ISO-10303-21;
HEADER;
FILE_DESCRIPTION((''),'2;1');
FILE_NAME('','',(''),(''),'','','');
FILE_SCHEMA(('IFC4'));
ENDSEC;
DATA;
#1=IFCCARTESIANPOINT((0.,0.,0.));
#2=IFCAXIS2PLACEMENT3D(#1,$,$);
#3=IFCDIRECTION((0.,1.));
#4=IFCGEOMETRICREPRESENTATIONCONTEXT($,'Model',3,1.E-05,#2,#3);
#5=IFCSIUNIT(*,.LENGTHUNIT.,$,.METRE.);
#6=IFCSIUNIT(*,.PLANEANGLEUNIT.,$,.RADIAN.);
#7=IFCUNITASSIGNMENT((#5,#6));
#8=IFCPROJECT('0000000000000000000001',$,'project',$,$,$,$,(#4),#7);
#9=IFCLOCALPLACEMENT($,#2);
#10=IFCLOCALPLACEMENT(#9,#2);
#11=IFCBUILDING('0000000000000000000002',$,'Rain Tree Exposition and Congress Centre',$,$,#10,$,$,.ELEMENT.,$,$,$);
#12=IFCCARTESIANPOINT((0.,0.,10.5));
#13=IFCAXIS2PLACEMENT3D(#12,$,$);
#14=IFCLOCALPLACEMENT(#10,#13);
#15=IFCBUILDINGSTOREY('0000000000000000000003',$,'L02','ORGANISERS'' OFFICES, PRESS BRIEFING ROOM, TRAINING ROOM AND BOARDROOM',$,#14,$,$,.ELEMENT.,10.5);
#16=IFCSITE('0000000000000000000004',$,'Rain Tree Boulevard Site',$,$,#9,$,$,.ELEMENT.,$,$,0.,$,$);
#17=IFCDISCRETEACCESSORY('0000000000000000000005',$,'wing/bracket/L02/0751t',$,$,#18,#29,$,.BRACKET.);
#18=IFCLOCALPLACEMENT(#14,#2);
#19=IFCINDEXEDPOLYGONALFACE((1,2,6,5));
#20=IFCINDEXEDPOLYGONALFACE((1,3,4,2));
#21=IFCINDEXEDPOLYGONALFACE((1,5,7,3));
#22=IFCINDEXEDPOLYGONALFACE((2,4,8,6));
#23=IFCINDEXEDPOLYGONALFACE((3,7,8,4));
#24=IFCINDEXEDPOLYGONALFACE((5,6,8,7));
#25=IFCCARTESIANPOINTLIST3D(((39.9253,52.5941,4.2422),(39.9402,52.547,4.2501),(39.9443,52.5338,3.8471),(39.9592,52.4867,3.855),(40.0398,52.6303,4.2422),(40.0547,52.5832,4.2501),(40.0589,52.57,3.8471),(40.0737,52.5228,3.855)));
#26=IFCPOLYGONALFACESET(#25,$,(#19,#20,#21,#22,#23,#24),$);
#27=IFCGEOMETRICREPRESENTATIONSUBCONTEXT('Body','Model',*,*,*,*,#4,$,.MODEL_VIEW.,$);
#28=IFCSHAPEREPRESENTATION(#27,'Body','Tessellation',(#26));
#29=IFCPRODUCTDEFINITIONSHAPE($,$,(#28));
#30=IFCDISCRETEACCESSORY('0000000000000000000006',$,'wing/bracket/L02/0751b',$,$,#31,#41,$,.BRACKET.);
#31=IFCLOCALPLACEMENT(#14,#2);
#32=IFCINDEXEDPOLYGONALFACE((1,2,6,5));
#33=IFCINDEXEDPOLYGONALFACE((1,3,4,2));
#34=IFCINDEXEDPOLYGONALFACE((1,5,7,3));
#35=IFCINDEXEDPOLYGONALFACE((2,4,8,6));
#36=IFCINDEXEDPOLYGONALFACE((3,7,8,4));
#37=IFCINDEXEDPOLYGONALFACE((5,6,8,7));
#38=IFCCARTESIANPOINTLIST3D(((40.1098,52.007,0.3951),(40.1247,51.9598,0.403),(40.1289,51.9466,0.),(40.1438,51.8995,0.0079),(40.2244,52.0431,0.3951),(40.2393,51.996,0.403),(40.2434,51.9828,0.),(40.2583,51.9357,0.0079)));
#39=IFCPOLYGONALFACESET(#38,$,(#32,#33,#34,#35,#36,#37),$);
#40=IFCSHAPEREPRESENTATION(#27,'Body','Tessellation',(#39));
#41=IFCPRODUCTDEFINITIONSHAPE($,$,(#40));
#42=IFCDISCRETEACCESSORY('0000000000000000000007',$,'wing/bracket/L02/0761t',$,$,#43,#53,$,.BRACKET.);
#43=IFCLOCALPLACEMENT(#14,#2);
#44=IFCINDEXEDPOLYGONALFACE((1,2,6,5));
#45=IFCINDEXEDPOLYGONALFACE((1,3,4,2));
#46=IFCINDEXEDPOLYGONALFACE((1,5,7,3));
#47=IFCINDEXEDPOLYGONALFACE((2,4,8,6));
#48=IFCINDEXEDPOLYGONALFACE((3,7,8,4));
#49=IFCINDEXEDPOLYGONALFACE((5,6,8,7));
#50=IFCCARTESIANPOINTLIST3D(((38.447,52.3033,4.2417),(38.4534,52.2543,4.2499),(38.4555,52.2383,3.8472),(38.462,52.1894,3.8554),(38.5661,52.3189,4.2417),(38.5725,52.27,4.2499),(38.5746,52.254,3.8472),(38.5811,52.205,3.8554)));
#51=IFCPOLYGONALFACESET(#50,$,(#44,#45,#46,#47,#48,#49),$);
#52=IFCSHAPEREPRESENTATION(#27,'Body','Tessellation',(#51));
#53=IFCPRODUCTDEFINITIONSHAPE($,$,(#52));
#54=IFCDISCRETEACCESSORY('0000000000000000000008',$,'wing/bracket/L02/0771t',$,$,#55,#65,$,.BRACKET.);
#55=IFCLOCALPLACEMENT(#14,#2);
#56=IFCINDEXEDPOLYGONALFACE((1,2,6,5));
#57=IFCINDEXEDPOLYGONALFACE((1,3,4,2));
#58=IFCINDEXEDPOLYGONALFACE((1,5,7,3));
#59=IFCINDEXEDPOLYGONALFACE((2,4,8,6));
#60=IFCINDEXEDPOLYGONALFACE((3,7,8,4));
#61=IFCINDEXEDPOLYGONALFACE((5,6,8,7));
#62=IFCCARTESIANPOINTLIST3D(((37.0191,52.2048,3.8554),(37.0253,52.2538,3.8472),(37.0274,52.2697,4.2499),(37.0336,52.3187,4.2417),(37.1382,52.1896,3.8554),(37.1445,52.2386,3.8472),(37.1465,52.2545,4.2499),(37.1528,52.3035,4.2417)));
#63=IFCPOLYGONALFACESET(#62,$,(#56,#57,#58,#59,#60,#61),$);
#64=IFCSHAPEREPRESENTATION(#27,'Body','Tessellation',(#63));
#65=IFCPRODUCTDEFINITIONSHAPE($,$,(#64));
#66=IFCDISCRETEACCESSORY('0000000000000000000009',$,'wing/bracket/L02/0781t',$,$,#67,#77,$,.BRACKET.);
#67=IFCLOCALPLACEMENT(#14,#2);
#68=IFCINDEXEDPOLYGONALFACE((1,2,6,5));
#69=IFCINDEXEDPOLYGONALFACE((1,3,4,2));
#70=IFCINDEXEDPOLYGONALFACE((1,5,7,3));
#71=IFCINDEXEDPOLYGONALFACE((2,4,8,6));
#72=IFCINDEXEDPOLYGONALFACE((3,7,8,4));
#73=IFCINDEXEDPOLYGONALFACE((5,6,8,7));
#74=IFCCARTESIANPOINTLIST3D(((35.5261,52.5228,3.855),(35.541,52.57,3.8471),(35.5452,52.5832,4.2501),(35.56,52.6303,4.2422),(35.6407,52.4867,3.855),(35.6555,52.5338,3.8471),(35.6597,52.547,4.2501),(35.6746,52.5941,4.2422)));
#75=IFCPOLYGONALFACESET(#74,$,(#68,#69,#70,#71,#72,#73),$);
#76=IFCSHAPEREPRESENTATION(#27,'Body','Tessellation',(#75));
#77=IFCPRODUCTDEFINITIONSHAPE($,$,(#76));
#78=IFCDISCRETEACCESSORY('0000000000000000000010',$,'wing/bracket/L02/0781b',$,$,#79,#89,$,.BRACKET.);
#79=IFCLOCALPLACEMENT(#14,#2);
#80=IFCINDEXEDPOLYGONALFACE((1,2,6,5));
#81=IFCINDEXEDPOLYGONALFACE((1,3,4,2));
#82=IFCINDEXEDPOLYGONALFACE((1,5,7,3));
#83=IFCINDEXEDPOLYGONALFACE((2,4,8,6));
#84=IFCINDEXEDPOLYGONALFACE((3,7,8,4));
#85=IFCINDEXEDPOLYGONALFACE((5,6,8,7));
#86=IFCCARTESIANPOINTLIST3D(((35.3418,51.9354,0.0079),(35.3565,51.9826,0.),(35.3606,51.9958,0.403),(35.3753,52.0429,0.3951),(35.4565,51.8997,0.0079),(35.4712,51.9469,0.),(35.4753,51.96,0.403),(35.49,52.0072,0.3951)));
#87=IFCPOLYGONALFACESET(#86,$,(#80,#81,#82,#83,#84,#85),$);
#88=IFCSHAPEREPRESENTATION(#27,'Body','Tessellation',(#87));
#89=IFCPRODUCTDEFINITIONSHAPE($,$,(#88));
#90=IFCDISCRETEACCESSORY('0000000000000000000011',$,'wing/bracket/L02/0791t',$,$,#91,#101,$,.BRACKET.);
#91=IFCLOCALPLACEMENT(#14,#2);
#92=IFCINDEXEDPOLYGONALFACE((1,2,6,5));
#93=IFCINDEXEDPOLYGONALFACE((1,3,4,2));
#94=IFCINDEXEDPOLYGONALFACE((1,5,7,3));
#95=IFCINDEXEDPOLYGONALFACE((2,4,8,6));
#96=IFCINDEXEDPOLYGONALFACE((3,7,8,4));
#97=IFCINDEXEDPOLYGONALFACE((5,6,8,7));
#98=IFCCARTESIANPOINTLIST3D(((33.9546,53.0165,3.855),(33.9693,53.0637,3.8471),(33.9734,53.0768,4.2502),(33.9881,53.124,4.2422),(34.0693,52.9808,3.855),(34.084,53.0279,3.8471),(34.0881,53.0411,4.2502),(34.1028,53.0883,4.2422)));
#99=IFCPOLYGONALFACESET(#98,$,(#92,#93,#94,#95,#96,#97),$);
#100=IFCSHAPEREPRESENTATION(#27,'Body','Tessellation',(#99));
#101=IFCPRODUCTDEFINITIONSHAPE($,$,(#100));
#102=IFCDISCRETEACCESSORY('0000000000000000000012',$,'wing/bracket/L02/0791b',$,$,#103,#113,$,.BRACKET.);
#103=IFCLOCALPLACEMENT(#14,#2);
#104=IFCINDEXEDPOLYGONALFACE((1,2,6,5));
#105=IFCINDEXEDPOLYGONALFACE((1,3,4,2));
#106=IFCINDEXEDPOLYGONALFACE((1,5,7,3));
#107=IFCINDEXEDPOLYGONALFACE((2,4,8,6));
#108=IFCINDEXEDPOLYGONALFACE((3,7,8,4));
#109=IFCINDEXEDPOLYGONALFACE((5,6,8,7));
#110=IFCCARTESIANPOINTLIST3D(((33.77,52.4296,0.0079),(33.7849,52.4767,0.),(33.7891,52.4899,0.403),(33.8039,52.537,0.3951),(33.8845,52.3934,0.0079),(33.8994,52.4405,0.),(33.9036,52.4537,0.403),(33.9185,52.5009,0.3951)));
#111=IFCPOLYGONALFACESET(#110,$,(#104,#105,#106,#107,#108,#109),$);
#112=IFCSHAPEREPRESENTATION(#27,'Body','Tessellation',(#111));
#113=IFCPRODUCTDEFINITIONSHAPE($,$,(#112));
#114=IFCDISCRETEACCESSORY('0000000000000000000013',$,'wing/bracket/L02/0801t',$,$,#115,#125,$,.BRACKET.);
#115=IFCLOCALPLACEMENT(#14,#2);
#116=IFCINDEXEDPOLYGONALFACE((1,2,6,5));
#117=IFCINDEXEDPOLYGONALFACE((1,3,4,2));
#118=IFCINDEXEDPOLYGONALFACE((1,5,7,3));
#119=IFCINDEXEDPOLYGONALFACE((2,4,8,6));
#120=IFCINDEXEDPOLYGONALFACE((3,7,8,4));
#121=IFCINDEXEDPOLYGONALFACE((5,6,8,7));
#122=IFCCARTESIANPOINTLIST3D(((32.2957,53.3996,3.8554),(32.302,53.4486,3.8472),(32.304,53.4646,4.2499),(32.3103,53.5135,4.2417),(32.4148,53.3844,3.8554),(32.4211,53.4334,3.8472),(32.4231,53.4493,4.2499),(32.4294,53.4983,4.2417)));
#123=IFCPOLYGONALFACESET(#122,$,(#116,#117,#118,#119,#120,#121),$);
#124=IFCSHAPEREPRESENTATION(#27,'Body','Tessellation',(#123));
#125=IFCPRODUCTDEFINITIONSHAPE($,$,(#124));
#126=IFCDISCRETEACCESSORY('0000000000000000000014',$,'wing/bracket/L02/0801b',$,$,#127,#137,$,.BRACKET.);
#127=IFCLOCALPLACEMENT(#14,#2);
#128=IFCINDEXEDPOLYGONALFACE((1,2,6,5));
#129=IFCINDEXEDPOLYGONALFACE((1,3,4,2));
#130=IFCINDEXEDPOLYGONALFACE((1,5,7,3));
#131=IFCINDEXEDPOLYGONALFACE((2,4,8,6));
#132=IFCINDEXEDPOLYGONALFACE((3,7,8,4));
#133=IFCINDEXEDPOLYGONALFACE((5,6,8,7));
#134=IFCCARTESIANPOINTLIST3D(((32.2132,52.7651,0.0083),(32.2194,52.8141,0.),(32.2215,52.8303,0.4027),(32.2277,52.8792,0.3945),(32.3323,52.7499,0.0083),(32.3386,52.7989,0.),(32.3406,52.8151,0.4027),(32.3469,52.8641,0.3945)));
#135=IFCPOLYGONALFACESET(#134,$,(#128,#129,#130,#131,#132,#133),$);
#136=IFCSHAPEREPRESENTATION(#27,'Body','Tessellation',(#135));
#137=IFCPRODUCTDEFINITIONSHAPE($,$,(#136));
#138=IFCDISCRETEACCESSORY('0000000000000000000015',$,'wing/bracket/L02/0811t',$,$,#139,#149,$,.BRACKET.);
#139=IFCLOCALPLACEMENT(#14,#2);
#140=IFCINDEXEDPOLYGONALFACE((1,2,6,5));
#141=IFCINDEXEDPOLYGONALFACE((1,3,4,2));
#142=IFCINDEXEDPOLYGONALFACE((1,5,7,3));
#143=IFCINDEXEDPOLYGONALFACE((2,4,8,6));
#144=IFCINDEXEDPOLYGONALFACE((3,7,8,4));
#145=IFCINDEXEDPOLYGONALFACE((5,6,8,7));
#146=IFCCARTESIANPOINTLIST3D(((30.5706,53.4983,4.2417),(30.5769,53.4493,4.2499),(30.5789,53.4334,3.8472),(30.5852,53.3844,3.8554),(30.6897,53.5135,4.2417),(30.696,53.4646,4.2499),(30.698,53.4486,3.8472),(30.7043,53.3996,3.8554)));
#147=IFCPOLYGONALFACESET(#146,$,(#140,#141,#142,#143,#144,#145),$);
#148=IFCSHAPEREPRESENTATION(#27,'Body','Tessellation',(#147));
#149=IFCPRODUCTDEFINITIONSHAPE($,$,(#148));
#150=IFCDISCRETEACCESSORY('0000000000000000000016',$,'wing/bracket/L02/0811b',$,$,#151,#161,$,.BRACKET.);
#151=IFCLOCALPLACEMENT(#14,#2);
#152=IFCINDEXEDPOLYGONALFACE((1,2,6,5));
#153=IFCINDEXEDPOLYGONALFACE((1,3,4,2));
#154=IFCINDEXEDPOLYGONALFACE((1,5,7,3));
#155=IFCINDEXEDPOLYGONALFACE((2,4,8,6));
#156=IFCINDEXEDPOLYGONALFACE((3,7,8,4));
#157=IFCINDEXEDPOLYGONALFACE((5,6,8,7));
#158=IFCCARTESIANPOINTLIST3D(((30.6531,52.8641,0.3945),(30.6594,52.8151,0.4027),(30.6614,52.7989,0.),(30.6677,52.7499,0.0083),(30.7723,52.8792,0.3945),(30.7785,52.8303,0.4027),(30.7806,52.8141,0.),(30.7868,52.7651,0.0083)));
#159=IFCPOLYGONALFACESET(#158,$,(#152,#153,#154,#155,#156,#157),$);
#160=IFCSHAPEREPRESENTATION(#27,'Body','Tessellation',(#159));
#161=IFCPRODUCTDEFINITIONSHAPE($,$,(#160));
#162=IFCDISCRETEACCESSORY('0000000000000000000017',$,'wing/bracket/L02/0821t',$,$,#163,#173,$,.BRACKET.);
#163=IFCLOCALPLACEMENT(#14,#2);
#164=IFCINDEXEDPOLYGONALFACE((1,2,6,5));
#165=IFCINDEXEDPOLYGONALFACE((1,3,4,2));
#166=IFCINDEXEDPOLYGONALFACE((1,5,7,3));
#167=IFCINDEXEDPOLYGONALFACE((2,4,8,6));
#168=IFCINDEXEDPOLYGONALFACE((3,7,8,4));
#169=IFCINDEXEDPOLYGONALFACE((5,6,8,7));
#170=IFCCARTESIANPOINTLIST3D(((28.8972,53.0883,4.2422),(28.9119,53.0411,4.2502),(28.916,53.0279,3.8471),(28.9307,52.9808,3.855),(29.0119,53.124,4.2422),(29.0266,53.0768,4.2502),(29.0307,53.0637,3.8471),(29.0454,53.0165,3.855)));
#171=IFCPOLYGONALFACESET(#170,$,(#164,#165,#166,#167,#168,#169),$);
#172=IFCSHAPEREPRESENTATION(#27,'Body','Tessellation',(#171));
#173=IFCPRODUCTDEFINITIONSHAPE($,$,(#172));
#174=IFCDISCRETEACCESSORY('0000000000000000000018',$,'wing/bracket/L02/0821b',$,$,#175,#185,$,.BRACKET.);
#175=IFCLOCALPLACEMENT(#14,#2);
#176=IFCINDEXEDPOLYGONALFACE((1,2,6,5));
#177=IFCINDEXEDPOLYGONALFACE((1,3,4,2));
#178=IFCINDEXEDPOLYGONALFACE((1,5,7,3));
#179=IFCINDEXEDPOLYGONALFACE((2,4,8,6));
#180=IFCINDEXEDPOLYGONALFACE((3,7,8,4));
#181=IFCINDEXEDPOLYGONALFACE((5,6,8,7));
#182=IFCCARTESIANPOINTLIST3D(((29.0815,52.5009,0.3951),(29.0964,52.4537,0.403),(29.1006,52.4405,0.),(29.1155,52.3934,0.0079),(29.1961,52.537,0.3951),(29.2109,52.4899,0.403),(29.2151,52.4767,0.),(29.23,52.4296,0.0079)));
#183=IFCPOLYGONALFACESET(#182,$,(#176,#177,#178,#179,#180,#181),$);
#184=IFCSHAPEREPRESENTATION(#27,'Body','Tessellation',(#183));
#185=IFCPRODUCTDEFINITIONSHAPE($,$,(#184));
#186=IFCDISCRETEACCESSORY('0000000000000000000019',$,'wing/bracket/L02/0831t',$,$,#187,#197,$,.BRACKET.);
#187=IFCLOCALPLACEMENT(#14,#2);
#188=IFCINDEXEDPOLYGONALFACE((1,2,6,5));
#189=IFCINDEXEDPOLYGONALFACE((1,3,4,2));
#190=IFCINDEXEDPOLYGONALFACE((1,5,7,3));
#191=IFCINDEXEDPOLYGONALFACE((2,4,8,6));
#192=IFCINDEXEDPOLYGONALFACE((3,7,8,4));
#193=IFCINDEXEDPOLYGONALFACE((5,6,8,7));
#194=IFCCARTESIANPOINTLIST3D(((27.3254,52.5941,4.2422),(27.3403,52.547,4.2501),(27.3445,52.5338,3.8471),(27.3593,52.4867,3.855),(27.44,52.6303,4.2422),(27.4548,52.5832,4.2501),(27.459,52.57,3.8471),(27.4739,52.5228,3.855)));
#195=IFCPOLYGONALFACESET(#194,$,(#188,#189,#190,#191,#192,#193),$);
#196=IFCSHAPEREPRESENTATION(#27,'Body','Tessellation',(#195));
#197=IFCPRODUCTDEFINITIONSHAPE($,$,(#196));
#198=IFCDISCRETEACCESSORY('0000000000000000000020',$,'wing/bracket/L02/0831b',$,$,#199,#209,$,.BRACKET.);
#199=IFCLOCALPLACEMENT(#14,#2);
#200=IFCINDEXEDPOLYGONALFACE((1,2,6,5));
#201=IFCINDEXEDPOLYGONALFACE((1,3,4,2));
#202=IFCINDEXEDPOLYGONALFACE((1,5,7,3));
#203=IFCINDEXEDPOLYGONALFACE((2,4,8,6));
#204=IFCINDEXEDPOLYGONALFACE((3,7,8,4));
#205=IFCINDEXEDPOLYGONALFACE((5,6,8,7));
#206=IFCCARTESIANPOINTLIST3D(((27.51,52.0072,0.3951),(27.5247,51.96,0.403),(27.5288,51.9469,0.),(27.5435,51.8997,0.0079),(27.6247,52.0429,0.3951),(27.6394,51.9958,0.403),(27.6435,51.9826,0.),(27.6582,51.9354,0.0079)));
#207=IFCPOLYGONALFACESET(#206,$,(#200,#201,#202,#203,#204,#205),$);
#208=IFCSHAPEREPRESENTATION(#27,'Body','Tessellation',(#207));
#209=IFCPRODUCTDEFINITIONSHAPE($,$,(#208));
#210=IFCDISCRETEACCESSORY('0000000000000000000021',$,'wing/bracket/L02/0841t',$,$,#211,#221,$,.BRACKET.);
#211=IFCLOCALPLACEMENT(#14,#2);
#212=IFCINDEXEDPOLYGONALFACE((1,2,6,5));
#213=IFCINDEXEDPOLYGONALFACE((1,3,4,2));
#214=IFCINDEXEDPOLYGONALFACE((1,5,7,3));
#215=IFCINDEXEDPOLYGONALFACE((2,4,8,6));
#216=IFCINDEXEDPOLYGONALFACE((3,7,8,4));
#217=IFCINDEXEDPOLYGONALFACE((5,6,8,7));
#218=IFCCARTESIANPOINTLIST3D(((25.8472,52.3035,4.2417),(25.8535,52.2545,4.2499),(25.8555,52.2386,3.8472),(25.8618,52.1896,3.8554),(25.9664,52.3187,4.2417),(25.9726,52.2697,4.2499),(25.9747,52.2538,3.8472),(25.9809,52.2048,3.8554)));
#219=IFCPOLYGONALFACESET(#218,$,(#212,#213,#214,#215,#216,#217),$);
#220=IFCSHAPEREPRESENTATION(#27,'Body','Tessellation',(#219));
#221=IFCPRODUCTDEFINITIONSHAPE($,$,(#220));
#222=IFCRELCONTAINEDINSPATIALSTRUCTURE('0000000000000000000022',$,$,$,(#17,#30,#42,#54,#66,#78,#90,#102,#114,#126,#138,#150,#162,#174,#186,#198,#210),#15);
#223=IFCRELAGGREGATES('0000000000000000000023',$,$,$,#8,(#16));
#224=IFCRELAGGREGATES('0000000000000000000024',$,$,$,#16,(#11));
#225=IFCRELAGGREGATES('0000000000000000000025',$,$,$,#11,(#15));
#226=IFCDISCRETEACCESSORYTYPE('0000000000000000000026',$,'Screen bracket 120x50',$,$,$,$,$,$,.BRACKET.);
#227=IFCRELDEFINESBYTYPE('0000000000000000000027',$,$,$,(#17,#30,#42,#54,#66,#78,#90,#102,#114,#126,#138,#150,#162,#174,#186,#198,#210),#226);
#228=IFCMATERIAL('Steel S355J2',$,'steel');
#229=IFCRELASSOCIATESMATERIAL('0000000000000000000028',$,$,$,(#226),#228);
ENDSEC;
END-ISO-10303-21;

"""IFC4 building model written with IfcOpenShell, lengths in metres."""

from ifc_helpers import new_model, si_unit, direction, frame, origin, origin_2d, place, context, subcontext, project, spatial, rectangle, extrude, material, material_profile, profile_set, type_object, element, save


model = new_model("IFC4")

# Units and contexts
model_context = context("Model", 3, precision=1e-05, world=origin(), true_north=direction((0.0, 1.0)))
body_context = subcontext(model_context, "Body", "Model", "MODEL_VIEW")
ifc_project = project(units=[si_unit("LENGTHUNIT", "METRE"), si_unit("PLANEANGLEUNIT", "RADIAN")], contexts=[model_context])

# Site, building, storey
site_placement = place(None, origin())
site = spatial("IfcSite", under=ifc_project, at=site_placement, Name="Rain Tree Boulevard Site", CompositionType="ELEMENT", RefElevation=0.0)
building_placement = place(site_placement, origin())
building = spatial("IfcBuilding", under=site, at=building_placement, Name="Rain Tree Exposition and Congress Centre", CompositionType="ELEMENT")
storey_placement = place(building_placement, frame((0.0, 0.0, 10.5)))
storey = spatial("IfcBuildingStorey", under=building, at=storey_placement, Name="L02", Description="ORGANISERS' OFFICES, PRESS BRIEFING ROOM, TRAINING ROOM AND BOARDROOM", CompositionType="ELEMENT", Elevation=10.5)

# Discrete accessories
ifc_material_1 = material(Name="Steel S355J2", Category="steel")
ifc_material_profile_1 = material_profile(ifc_material_1, rectangle(XDim=0.1201, YDim=0.05, at=origin_2d()), Name="Flat bar 120x50")
ifc_profile_set_1 = profile_set([ifc_material_profile_1], Name="Steel S355J2")
discrete_accessory_type_1 = type_object("IfcDiscreteAccessoryType", Name="Screen bracket 120x50", PredefinedType="BRACKET", material=ifc_profile_set_1)
for number, where, z_axis, x_axis, name in (
    (1, (40.009, 52.5283, 3.8511), (-0.047602, 0.150738, 0.987427), (-0.953583, -0.301131, 0.0), "wing/bracket/L02/0751t"),
    (2, (40.1936, 51.9412, 0.0039), (-0.047602, 0.150738, 0.987427), (-0.953583, -0.301131, 0.0), "wing/bracket/L02/0751b"),
):
    element("IfcDiscreteAccessory", number, at=place(storey_placement, frame(where, z_axis=z_axis, x_axis=x_axis)), inside=storey, type_object=discrete_accessory_type_1, Name=name, PredefinedType="BRACKET", context=body_context, shape_type="SweptSolid", body=[
        extrude(rectangle(XDim=0.1201, YDim=0.05, at=origin_2d()), origin(), (0.0, 0.0, 1.0), 0.4001),
    ])
for number, where, z_axis, x_axis, name in (
    (3, (38.5183, 52.2217, 3.8513), (-0.021366, 0.162381, 0.986497), (-0.991454, -0.130455, 0.0), "wing/bracket/L02/0761t"),
    (4, (37.0818, 52.2217, 3.8513), (0.020756, 0.162383, 0.986509), (-0.99193, 0.126788, 0.0), "wing/bracket/L02/0771t"),
):
    element("IfcDiscreteAccessory", number, at=place(storey_placement, frame(where, z_axis=z_axis, x_axis=x_axis)), inside=storey, type_object=discrete_accessory_type_1, Name=name, PredefinedType="BRACKET", context=body_context, shape_type="SweptSolid", body=[
        extrude(rectangle(XDim=0.1201, YDim=0.05, at=origin_2d()), origin(), (0.0, 0.0, 1.0), 0.3999),
    ])
for number, where, z_axis, x_axis, name in (
    (5, (35.5908, 52.5283, 3.8511), (0.047602, 0.150738, 0.987427), (-0.953583, 0.301131, 0.0), "wing/bracket/L02/0781t"),
    (6, (35.4065, 51.9412, 0.0039), (0.046993, 0.150743, 0.987456), (-0.954686, 0.297615, 0.0), "wing/bracket/L02/0781b"),
    (7, (34.0193, 53.0222, 3.8511), (0.046993, 0.150743, 0.987456), (-0.954686, 0.297615, 0.0), "wing/bracket/L02/0791t"),
    (8, (33.8347, 52.4351, 0.0039), (0.047602, 0.150738, 0.987427), (-0.953583, 0.301131, 0.0), "wing/bracket/L02/0791b"),
):
    element("IfcDiscreteAccessory", number, at=place(storey_placement, frame(where, z_axis=z_axis, x_axis=x_axis)), inside=storey, type_object=discrete_accessory_type_1, Name=name, PredefinedType="BRACKET", context=body_context, shape_type="SweptSolid", body=[
        extrude(rectangle(XDim=0.1201, YDim=0.05, at=origin_2d()), origin(), (0.0, 0.0, 1.0), 0.4001),
    ])
for number, where, z_axis, x_axis, name in (
    (9, (32.3584, 53.4165, 3.8513), (0.020756, 0.162383, 0.986509), (-0.99193, 0.126788, 0.0), "wing/bracket/L02/0801t"),
    (10, (32.2759, 52.782, 0.0042), (0.020754, 0.162978, 0.986411), (-0.991989, 0.126321, 0.0), "wing/bracket/L02/0801b"),
    (11, (30.6416, 53.4165, 3.8513), (-0.020756, 0.162383, 0.986509), (-0.99193, -0.126788, 0.0), "wing/bracket/L02/0811t"),
    (12, (30.7241, 52.782, 0.0042), (-0.020754, 0.162978, 0.986411), (-0.991989, -0.126321, 0.0), "wing/bracket/L02/0811b"),
):
    element("IfcDiscreteAccessory", number, at=place(storey_placement, frame(where, z_axis=z_axis, x_axis=x_axis)), inside=storey, type_object=discrete_accessory_type_1, Name=name, PredefinedType="BRACKET", context=body_context, shape_type="SweptSolid", body=[
        extrude(rectangle(XDim=0.1201, YDim=0.05, at=origin_2d()), origin(), (0.0, 0.0, 1.0), 0.3999),
    ])
for number, where, z_axis, x_axis, name in (
    (13, (28.9807, 53.0222, 3.8511), (-0.046993, 0.150743, 0.987456), (-0.954686, -0.297615, 0.0), "wing/bracket/L02/0821t"),
    (14, (29.1653, 52.4351, 0.0039), (-0.047602, 0.150738, 0.987427), (-0.953583, -0.301131, 0.0), "wing/bracket/L02/0821b"),
    (15, (27.4092, 52.5283, 3.8511), (-0.047602, 0.150738, 0.987427), (-0.953583, -0.301131, 0.0), "wing/bracket/L02/0831t"),
    (16, (27.5935, 51.9412, 0.0039), (-0.046993, 0.150743, 0.987456), (-0.954686, -0.297615, 0.0), "wing/bracket/L02/0831b"),
):
    element("IfcDiscreteAccessory", number, at=place(storey_placement, frame(where, z_axis=z_axis, x_axis=x_axis)), inside=storey, type_object=discrete_accessory_type_1, Name=name, PredefinedType="BRACKET", context=body_context, shape_type="SweptSolid", body=[
        extrude(rectangle(XDim=0.1201, YDim=0.05, at=origin_2d()), origin(), (0.0, 0.0, 1.0), 0.4001),
    ])
discrete_accessory_placement = place(storey_placement, frame((25.9182, 52.2217, 3.8513), z_axis=(-0.020756, 0.162383, 0.986509), x_axis=(-0.99193, -0.126788, 0.0)))
element("IfcDiscreteAccessory", 17, at=discrete_accessory_placement, inside=storey, type_object=discrete_accessory_type_1, Name="wing/bracket/L02/0841t", PredefinedType="BRACKET", context=body_context, shape_type="SweptSolid", body=[
    extrude(rectangle(XDim=0.1201, YDim=0.05, at=origin_2d()), origin(), (0.0, 0.0, 1.0), 0.3999),
])

save(model, "model.ifc")
